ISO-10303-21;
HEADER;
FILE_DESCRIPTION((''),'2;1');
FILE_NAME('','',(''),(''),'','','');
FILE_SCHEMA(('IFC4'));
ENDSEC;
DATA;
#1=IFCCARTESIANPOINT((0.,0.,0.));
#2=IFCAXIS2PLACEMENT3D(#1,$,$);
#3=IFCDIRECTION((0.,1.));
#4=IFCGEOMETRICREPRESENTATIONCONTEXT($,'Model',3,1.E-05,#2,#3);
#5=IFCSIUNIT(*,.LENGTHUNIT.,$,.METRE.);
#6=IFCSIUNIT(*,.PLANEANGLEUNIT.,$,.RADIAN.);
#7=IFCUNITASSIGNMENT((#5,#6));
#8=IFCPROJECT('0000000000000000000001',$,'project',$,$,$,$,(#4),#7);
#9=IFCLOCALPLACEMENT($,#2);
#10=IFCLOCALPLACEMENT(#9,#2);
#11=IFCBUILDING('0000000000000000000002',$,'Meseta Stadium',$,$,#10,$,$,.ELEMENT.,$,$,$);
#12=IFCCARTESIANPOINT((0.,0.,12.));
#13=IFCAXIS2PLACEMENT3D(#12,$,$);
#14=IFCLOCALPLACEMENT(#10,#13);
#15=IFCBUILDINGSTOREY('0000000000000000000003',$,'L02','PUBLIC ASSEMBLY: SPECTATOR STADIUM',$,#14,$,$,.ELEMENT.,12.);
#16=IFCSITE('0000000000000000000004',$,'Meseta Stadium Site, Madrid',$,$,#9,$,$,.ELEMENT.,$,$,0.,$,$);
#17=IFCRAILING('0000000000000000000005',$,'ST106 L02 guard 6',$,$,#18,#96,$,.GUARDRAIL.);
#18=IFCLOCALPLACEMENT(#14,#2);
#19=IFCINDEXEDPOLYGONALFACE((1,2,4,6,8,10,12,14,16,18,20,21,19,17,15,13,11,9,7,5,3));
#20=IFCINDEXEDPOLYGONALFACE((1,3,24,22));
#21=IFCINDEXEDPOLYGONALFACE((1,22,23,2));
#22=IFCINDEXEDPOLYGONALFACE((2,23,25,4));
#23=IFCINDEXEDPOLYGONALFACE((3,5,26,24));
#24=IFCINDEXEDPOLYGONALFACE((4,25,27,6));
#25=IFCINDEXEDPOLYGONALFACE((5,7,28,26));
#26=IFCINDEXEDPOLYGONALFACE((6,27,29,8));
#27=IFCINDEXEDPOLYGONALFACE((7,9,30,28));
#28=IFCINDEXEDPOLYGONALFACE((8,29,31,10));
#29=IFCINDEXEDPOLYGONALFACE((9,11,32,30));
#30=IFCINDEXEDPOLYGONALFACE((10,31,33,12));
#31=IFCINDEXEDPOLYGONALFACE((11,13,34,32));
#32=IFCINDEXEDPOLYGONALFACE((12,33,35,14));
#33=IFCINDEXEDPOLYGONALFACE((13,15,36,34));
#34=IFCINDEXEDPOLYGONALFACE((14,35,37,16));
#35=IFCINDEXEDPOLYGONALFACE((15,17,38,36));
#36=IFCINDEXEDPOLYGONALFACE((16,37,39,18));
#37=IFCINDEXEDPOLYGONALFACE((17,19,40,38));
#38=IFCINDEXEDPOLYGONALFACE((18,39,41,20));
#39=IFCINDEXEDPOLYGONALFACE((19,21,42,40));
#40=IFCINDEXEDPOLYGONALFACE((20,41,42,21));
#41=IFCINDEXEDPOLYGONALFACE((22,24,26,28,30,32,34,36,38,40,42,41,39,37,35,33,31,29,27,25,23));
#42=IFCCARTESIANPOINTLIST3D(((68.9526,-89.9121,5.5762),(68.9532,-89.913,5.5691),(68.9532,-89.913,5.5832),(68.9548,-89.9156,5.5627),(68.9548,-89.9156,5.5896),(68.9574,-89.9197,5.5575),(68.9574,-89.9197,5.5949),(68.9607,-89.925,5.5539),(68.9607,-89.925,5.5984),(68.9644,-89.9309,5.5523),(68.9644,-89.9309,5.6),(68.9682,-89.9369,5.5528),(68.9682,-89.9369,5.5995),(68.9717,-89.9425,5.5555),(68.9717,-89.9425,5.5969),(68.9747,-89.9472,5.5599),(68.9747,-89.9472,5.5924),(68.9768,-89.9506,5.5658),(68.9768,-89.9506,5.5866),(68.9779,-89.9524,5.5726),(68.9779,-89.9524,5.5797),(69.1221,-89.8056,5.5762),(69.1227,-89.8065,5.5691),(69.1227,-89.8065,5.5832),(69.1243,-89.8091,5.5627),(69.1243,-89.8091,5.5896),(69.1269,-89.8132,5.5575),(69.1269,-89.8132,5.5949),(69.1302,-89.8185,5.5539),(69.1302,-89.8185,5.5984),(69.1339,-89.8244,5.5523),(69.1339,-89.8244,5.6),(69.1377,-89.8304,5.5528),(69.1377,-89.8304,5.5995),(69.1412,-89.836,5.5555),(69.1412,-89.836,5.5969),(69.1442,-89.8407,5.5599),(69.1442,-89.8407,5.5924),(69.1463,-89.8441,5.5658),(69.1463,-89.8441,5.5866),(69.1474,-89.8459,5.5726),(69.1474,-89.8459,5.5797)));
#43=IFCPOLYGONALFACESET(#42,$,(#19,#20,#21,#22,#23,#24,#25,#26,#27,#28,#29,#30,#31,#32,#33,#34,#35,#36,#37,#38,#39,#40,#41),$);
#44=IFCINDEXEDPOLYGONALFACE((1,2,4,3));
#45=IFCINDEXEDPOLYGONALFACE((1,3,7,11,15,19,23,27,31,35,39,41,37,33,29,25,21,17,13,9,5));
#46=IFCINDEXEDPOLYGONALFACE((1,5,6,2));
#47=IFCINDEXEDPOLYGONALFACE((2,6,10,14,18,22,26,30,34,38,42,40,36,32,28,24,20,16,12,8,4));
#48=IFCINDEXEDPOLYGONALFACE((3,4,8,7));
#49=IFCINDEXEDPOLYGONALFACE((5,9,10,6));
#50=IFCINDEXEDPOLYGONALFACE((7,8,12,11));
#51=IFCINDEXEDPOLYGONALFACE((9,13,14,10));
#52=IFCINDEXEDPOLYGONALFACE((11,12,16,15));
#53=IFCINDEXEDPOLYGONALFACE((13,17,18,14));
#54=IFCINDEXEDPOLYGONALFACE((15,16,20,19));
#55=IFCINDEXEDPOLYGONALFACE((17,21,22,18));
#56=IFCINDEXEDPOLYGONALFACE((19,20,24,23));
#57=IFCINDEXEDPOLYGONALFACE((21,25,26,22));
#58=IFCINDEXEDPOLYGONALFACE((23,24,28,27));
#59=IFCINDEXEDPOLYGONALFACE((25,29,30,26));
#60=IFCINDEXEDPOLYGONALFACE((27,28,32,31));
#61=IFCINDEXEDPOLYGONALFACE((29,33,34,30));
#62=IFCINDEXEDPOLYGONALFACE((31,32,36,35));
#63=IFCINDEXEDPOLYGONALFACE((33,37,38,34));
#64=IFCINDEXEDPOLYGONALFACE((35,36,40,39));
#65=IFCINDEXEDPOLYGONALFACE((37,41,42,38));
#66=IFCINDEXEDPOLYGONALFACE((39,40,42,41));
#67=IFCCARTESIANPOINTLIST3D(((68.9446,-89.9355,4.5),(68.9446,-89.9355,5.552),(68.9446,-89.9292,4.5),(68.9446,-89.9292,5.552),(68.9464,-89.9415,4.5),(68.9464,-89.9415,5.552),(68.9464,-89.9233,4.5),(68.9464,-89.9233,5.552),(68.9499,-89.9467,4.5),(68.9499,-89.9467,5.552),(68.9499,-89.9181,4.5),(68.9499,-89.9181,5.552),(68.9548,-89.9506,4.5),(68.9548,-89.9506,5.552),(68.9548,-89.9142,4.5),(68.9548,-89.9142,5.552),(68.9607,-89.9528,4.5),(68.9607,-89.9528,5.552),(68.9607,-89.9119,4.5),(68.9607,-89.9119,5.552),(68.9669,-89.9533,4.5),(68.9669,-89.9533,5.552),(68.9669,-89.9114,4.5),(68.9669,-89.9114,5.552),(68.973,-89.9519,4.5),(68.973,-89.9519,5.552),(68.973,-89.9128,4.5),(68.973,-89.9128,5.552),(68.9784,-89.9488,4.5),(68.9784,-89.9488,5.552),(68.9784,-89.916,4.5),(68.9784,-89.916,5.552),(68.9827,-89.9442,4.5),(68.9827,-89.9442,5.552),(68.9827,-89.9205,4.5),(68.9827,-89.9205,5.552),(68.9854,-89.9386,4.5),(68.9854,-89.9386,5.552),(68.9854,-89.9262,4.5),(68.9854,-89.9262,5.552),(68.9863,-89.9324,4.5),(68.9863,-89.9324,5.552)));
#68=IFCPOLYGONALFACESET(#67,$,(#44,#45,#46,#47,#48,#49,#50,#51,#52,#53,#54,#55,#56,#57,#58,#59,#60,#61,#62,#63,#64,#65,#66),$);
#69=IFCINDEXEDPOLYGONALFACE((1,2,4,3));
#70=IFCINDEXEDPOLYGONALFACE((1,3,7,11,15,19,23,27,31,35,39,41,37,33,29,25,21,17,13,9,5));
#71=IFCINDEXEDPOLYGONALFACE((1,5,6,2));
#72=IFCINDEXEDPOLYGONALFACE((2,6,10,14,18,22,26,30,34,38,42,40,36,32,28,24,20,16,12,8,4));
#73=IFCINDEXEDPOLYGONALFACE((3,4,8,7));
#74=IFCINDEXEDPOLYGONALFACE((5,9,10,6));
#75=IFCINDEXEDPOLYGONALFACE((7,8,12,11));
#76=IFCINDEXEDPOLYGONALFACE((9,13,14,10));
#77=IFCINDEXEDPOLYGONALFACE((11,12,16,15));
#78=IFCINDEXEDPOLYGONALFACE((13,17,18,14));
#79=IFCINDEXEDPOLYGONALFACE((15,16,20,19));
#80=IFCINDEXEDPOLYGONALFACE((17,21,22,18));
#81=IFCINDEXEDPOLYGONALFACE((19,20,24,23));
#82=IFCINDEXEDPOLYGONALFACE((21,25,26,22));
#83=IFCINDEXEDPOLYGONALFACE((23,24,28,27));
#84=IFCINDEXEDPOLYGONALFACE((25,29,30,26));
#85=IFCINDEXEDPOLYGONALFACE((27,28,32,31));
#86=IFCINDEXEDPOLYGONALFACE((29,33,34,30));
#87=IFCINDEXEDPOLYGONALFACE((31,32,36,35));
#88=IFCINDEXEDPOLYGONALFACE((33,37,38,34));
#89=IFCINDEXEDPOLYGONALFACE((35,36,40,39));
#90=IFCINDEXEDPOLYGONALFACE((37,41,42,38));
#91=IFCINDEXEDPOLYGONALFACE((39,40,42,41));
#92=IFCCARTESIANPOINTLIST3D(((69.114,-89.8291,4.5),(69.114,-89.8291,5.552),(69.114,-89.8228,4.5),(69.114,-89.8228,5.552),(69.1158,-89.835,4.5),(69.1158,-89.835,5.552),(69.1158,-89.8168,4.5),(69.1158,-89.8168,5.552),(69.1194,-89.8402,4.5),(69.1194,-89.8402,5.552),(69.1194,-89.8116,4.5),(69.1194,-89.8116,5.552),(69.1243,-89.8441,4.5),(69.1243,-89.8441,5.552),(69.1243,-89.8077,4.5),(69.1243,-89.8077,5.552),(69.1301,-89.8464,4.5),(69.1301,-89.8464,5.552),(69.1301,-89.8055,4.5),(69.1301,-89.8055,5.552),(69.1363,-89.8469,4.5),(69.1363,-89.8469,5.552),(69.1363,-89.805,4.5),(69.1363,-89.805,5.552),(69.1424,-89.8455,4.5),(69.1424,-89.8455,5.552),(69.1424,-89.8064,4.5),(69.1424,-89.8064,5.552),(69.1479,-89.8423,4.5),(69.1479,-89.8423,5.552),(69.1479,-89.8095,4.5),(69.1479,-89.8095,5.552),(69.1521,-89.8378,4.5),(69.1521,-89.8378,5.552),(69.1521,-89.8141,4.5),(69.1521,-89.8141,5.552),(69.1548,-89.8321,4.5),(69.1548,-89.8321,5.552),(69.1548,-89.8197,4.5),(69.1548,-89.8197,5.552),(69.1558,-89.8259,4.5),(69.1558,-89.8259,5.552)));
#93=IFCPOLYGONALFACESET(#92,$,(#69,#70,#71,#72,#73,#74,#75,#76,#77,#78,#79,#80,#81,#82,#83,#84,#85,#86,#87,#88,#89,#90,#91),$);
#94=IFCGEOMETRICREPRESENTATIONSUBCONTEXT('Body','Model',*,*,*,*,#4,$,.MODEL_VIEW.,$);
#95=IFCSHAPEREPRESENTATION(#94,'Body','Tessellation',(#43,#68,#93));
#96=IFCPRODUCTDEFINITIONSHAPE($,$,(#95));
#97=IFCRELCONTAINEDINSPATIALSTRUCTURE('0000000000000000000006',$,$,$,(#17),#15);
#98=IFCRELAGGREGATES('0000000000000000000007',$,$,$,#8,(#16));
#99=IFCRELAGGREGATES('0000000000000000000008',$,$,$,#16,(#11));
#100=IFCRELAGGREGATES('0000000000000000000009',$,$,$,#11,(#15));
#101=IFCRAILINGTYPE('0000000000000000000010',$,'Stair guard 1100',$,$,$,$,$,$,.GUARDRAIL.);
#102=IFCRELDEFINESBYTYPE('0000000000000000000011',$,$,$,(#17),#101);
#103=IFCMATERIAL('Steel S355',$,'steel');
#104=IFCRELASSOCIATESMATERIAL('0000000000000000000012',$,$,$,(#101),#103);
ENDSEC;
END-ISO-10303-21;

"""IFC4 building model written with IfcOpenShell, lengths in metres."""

from ifc_helpers import new_model, si_unit, direction, frame, origin, origin_2d, place, context, subcontext, project, spatial, circle, extrude, material, type_object, element, save


model = new_model("IFC4")

# Units and contexts
model_context = context("Model", 3, precision=1e-05, world=origin(), true_north=direction((0.0, 1.0)))
body_context = subcontext(model_context, "Body", "Model", "MODEL_VIEW")
ifc_project = project(units=[si_unit("LENGTHUNIT", "METRE"), si_unit("PLANEANGLEUNIT", "RADIAN")], contexts=[model_context])

# Site, building, storey
site_placement = place(None, origin())
site = spatial("IfcSite", under=ifc_project, at=site_placement, Name="Meseta Stadium Site, Madrid", CompositionType="ELEMENT", RefElevation=0.0)
building_placement = place(site_placement, origin())
building = spatial("IfcBuilding", under=site, at=building_placement, Name="Meseta Stadium", CompositionType="ELEMENT")
storey_placement = place(building_placement, frame((0.0, 0.0, 12.0)))
storey = spatial("IfcBuildingStorey", under=building, at=storey_placement, Name="L02", Description="PUBLIC ASSEMBLY: SPECTATOR STADIUM", CompositionType="ELEMENT", Elevation=12.0)

# Railing
ifc_material_1 = material(Name="Steel S355", Category="steel")
railing_type_1 = type_object("IfcRailingType", Name="Stair guard 1100", PredefinedType="GUARDRAIL", material=ifc_material_1)
railing_1_placement = place(storey_placement, frame((68.9653, -89.9324, 4.5)))
element("IfcRailing", 1, at=railing_1_placement, inside=storey, type_object=railing_type_1, Name="ST106 L02 guard 6", PredefinedType="GUARDRAIL", context=body_context, shape_type="SweptSolid", body=[
    extrude(circle(Radius=0.0239, at=origin_2d()), frame((0.0, 0.0, 1.0762), z_axis=(0.846762, 0.531972, 0.0), x_axis=(-0.531972, 0.846762, 0.0)), (0.0, 0.0, 1.0), 0.2002),
    extrude(circle(Radius=0.021, at=origin_2d()), origin(), (0.0, 0.0, 1.0), 1.052),
    extrude(circle(Radius=0.021, at=origin_2d()), frame((0.1694, 0.1064, 0.0)), (0.0, 0.0, 1.0), 1.052),
])

save(model, "model.ifc")
